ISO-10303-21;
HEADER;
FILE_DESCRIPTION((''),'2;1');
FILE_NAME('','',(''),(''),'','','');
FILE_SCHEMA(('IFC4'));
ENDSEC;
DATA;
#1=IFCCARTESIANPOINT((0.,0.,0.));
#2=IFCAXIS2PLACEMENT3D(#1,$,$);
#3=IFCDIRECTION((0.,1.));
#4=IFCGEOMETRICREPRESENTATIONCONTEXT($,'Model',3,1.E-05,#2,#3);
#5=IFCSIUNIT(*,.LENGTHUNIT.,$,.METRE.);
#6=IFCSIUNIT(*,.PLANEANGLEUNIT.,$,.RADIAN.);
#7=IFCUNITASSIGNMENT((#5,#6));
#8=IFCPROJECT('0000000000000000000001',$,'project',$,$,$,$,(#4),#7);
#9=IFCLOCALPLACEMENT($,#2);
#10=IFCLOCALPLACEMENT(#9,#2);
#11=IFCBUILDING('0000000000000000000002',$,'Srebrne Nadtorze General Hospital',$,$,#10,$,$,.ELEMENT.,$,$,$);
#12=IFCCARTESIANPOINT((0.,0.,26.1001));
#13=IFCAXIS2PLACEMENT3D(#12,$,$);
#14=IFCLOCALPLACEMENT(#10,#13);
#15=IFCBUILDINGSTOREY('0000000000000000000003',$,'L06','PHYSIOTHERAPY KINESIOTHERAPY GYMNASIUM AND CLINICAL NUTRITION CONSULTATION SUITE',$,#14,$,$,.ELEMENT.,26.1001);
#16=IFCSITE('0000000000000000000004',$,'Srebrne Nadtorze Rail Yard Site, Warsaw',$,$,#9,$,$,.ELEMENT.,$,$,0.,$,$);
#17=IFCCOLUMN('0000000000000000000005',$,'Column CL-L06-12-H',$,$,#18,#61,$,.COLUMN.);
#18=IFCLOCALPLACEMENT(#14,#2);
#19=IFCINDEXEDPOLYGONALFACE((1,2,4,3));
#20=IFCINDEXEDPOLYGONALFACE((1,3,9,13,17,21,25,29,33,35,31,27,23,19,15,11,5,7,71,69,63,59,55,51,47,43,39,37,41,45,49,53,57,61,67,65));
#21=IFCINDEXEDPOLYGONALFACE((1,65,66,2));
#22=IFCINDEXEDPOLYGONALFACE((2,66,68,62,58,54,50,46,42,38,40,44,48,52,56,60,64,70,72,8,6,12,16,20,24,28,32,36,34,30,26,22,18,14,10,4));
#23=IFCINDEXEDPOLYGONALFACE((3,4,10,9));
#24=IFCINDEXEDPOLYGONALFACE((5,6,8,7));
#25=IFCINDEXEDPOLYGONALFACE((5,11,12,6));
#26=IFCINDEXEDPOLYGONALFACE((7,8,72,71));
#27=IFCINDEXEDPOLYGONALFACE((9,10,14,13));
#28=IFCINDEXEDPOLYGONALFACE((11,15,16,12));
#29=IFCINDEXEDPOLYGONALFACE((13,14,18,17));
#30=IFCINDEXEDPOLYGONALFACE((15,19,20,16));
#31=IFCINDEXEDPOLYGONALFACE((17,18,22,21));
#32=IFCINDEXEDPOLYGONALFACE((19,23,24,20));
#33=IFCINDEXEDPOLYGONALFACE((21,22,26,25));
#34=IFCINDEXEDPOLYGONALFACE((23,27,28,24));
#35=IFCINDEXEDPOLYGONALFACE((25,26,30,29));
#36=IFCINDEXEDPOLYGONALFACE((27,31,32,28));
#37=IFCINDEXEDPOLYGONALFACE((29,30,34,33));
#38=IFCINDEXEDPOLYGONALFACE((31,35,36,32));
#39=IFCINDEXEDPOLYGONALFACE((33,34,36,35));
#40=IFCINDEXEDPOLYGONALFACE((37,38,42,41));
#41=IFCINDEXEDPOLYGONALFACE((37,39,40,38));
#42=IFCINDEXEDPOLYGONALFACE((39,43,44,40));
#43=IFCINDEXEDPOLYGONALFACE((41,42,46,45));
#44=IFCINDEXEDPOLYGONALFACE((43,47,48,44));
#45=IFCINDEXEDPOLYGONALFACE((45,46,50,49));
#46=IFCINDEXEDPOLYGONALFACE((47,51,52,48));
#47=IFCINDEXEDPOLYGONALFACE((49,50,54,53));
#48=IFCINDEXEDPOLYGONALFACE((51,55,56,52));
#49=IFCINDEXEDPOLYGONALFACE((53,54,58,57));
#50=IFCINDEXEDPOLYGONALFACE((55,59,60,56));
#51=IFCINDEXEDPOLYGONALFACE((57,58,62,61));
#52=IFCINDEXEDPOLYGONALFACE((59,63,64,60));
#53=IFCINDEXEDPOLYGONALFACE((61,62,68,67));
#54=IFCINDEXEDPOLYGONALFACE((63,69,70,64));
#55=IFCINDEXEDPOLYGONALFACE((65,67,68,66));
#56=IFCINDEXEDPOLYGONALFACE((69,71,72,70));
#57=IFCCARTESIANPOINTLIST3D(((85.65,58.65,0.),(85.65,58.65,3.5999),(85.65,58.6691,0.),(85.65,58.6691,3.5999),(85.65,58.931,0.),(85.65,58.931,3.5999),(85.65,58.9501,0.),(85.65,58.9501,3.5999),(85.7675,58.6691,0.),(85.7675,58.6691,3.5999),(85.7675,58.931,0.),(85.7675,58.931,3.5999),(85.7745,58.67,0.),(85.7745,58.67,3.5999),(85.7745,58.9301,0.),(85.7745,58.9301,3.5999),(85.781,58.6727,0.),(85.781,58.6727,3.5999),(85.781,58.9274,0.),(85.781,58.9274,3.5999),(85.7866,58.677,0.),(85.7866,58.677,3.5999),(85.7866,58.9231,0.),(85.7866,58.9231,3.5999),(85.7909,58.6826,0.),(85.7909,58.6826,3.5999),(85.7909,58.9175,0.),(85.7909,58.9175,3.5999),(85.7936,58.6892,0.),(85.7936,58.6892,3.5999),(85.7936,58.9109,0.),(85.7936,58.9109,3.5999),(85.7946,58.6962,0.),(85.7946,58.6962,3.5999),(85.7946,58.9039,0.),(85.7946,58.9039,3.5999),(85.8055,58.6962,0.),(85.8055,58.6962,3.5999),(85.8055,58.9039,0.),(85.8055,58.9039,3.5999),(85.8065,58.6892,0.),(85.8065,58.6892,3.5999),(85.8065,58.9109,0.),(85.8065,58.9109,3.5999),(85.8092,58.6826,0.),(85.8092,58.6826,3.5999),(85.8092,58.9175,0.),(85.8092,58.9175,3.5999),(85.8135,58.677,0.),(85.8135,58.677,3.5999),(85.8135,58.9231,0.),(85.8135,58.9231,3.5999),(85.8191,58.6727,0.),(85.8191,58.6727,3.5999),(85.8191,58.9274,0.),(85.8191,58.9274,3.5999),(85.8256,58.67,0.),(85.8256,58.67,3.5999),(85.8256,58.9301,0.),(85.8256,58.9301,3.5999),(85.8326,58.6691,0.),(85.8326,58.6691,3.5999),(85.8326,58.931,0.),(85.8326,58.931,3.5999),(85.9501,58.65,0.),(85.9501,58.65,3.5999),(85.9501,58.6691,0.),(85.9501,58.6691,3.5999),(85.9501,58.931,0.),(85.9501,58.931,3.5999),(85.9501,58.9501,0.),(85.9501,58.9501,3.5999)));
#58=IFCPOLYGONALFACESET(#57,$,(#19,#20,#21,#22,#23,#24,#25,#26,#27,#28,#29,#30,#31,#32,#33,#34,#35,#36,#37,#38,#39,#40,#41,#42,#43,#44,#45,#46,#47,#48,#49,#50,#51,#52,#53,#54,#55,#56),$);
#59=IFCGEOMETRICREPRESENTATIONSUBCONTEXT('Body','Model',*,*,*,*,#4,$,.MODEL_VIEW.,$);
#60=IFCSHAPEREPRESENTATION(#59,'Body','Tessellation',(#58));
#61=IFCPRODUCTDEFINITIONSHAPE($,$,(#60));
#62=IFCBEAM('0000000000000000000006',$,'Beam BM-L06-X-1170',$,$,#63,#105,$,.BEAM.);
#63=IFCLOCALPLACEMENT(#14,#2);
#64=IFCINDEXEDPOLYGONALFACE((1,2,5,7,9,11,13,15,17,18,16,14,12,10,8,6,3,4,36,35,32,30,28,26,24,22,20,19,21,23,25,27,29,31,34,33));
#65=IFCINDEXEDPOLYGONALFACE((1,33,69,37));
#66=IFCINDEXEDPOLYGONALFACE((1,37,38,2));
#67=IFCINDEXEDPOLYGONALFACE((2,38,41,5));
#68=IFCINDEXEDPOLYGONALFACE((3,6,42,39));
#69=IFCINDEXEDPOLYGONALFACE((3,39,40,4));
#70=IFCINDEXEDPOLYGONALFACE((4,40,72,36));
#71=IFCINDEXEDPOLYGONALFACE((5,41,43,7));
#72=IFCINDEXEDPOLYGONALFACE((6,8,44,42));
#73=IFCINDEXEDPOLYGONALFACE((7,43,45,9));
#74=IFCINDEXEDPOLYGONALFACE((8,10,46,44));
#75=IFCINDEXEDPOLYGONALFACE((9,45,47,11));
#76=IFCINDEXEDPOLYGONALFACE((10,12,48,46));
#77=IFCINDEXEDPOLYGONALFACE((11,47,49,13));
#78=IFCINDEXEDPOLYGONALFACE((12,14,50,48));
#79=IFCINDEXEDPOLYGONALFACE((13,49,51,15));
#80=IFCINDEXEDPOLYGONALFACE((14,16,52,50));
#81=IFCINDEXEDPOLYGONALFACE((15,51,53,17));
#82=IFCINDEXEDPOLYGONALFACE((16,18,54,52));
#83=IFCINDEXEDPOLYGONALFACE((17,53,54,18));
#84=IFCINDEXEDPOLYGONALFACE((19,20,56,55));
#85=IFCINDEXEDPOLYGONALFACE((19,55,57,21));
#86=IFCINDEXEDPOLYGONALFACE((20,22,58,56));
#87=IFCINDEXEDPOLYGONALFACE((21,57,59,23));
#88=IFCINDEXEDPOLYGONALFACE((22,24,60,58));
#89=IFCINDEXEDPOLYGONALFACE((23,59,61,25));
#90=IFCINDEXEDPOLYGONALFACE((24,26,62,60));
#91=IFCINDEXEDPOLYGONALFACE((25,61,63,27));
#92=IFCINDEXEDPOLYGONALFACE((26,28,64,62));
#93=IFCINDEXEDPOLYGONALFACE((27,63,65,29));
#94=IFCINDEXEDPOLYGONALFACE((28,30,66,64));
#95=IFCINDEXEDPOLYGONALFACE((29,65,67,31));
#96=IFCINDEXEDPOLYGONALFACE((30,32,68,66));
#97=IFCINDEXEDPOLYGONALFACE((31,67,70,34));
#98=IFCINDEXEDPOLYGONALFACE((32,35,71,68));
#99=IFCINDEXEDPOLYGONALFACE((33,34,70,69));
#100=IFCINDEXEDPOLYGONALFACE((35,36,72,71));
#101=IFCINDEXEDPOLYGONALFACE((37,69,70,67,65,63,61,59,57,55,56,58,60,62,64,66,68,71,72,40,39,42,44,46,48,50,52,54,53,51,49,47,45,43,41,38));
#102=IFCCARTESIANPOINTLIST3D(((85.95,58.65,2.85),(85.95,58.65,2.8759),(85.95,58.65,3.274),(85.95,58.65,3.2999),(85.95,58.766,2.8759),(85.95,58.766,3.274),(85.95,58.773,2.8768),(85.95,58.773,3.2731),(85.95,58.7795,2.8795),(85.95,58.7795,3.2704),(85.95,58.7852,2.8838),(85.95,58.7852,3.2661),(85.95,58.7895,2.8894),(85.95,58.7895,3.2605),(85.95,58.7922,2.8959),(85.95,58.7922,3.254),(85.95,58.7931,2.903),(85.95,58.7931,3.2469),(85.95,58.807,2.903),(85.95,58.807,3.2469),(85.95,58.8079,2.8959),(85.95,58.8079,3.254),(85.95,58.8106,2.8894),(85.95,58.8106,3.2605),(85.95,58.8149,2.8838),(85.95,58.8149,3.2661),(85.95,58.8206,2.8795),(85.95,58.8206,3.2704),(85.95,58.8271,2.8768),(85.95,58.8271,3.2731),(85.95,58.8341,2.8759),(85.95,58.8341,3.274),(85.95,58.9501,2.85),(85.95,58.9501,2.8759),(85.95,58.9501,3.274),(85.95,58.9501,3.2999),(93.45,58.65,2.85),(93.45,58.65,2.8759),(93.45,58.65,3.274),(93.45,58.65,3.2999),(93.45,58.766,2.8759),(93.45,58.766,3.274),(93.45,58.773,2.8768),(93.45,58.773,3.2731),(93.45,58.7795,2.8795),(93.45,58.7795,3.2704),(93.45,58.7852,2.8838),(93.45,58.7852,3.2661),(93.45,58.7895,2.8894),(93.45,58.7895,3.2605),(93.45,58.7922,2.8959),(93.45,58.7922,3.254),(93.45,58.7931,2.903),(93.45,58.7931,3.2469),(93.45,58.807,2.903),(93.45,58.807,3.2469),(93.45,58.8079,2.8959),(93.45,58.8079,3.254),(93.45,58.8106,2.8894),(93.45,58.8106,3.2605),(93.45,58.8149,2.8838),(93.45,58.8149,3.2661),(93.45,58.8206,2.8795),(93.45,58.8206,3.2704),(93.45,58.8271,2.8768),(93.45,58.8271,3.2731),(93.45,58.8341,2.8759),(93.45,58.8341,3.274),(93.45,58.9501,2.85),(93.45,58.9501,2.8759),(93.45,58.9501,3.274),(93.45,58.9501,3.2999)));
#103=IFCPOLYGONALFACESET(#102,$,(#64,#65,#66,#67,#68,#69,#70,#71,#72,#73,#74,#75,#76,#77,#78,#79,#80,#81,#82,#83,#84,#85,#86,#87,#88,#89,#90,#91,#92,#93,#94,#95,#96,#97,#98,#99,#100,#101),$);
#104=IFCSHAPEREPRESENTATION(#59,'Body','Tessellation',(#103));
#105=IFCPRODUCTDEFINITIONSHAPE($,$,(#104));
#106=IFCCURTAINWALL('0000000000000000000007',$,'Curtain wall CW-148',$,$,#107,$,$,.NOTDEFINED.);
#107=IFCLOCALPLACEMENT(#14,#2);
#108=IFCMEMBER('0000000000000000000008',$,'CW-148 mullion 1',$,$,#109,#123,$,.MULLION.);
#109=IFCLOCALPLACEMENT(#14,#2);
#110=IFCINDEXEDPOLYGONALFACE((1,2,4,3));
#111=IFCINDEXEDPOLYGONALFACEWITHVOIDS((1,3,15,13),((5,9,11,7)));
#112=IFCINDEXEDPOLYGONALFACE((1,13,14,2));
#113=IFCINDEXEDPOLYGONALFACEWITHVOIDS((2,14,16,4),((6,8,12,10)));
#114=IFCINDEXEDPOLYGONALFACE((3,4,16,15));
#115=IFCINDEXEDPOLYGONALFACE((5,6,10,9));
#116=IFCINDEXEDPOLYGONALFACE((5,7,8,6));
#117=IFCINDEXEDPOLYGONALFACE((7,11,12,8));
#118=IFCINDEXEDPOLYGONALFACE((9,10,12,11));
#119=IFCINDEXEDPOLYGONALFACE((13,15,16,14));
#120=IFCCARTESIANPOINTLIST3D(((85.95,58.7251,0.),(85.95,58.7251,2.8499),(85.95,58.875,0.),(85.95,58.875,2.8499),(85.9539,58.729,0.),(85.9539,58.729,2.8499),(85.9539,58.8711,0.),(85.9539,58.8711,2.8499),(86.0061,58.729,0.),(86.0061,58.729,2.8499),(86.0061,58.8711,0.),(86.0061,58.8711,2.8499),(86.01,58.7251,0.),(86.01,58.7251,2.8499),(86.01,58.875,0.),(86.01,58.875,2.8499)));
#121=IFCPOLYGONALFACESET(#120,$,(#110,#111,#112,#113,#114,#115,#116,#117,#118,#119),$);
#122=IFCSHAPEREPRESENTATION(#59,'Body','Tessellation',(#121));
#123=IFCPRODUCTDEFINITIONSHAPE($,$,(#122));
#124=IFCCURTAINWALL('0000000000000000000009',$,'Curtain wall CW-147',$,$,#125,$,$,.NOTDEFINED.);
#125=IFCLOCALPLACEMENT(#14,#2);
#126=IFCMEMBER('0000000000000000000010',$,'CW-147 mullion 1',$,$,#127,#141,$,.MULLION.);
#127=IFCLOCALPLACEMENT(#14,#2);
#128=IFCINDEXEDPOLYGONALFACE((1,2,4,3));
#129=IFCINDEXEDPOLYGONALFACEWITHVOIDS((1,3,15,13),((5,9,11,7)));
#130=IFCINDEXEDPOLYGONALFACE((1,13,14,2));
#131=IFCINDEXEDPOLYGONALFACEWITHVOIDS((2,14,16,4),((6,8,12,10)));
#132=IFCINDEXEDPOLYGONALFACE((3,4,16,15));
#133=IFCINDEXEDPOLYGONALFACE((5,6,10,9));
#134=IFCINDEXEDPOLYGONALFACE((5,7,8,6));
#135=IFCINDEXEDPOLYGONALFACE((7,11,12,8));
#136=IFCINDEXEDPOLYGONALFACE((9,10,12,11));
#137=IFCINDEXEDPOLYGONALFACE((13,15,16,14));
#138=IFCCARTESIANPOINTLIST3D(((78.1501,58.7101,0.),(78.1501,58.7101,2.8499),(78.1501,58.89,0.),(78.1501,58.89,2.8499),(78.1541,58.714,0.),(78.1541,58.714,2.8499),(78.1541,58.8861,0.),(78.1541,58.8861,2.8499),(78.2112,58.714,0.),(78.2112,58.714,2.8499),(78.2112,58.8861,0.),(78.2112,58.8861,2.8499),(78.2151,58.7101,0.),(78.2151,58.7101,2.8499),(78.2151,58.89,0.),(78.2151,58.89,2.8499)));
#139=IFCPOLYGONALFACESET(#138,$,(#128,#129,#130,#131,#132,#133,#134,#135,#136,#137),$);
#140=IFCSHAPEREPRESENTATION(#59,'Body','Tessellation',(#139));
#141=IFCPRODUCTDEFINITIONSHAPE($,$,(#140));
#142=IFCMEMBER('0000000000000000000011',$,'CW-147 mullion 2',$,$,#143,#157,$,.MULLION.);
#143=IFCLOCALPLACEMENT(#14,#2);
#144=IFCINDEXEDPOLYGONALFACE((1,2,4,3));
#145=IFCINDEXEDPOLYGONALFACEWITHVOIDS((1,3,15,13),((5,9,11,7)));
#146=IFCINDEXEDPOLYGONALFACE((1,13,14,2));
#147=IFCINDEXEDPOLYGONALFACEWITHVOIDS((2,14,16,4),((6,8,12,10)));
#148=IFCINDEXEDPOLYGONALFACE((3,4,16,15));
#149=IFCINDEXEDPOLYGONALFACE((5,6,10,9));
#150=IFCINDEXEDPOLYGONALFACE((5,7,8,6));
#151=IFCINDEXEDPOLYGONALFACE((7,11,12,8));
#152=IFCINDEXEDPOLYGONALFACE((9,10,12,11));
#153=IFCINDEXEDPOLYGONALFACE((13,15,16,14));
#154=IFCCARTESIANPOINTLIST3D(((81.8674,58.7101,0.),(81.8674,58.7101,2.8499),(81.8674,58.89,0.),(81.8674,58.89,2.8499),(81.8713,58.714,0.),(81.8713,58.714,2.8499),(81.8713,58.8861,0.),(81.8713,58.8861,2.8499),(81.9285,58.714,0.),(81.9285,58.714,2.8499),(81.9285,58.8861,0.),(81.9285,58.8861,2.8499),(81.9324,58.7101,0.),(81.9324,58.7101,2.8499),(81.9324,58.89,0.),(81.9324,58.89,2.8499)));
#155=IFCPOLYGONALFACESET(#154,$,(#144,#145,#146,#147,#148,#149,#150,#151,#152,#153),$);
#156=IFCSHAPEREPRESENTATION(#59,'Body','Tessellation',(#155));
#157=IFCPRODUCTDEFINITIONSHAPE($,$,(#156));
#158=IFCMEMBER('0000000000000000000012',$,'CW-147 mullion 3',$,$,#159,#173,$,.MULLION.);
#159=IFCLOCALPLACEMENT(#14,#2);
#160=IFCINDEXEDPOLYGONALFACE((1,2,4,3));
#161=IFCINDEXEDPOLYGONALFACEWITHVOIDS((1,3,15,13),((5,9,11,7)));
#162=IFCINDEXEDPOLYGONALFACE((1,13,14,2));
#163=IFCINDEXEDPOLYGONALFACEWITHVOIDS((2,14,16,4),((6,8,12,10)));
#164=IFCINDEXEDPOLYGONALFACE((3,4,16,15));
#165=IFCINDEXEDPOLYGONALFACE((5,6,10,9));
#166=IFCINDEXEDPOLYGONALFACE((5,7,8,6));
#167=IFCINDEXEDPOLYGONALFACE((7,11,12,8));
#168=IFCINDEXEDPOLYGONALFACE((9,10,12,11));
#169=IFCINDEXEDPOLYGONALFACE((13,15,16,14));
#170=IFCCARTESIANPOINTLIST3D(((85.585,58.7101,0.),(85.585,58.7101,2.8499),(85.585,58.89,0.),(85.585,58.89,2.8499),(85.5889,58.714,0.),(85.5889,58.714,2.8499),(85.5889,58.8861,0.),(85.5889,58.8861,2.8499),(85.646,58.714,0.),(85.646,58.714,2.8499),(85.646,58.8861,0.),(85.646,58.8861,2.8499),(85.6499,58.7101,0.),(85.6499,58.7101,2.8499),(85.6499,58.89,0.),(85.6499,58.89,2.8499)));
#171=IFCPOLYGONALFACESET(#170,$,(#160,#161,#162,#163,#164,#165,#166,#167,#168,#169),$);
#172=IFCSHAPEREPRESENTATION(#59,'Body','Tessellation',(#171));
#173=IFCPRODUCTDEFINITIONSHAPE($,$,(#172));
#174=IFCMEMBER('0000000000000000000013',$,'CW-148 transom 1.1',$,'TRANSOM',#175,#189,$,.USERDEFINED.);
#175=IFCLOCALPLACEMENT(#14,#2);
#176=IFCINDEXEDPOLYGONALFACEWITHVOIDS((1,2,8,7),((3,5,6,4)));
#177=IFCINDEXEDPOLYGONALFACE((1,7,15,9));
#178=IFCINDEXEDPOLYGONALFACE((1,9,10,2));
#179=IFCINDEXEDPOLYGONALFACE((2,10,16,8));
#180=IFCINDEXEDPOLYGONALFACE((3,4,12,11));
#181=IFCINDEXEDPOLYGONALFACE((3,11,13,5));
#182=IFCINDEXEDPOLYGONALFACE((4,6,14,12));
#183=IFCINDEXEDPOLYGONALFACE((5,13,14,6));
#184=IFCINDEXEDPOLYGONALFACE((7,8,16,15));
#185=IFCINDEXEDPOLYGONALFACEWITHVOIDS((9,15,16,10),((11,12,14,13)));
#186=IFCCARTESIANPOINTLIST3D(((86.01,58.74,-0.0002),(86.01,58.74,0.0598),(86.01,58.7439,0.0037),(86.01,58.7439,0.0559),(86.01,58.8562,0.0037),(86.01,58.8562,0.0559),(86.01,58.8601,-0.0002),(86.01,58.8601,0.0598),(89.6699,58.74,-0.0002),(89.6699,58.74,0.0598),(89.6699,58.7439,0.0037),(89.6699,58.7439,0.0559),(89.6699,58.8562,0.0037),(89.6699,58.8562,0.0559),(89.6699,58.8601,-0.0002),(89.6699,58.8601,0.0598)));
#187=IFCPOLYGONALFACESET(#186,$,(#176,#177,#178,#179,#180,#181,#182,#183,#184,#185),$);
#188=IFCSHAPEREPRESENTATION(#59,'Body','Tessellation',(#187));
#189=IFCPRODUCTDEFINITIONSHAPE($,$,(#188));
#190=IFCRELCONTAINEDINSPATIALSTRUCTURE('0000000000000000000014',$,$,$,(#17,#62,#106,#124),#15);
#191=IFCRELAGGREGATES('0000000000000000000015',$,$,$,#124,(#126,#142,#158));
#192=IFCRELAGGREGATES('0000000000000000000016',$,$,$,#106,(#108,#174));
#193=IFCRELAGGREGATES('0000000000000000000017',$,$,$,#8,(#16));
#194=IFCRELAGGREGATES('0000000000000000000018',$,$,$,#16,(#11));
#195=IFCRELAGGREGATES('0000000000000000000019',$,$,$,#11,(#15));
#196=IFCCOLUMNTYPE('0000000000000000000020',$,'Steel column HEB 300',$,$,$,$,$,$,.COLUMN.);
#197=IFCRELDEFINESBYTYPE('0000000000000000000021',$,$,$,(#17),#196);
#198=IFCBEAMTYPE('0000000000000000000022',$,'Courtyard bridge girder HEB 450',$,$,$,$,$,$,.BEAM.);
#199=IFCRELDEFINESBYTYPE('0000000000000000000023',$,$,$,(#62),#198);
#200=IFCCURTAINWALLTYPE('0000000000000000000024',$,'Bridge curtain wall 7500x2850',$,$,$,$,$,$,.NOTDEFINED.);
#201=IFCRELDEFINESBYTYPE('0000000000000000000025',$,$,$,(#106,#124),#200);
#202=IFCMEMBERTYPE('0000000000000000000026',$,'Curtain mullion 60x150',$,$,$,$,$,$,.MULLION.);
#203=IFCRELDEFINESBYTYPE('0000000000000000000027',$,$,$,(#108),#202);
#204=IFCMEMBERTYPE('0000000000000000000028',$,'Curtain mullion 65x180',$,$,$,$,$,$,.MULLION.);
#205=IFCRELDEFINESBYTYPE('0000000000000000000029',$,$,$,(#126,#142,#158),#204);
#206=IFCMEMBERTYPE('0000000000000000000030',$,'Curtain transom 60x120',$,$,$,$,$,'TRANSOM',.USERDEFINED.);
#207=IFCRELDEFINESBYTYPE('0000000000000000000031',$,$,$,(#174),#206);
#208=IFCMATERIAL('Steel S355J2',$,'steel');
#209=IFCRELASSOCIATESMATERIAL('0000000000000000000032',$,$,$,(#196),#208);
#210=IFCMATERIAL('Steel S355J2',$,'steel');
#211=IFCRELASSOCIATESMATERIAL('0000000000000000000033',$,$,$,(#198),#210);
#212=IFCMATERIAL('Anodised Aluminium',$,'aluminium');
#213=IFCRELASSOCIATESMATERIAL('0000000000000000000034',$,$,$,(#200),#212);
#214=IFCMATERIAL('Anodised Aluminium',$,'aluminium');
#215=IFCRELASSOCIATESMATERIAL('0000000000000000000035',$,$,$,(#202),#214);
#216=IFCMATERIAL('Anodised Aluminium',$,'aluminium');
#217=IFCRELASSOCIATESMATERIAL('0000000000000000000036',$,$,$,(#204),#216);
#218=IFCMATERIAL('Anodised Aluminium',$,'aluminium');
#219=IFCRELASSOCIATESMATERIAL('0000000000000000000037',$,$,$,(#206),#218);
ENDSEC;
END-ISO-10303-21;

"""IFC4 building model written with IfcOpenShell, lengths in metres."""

from ifc_helpers import new_model, si_unit, direction, frame, origin, origin_2d, place, context, subcontext, project, spatial, hollow_rectangle, i_section, extrude, material, material_profile, profile_set, type_object, element, aggregate, save


model = new_model("IFC4")

# Units and contexts
model_context = context("Model", 3, precision=1e-05, world=origin(), true_north=direction((0.0, 1.0)))
body_context = subcontext(model_context, "Body", "Model", "MODEL_VIEW")
ifc_project = project(units=[si_unit("LENGTHUNIT", "METRE"), si_unit("PLANEANGLEUNIT", "RADIAN")], contexts=[model_context])

# Site, building, storey
site_placement = place(None, origin())
site = spatial("IfcSite", under=ifc_project, at=site_placement, Name="Srebrne Nadtorze Rail Yard Site, Warsaw", CompositionType="ELEMENT", RefElevation=0.0)
building_placement = place(site_placement, origin())
building = spatial("IfcBuilding", under=site, at=building_placement, Name="Srebrne Nadtorze General Hospital", CompositionType="ELEMENT")
storey_placement = place(building_placement, frame((0.0, 0.0, 26.1001)))
storey = spatial("IfcBuildingStorey", under=building, at=storey_placement, Name="L06", Description="PHYSIOTHERAPY KINESIOTHERAPY GYMNASIUM AND CLINICAL NUTRITION CONSULTATION SUITE", CompositionType="ELEMENT", Elevation=26.1001)

# Column
ifc_material_1 = material(Name="Steel S355J2", Category="steel")
ifc_material_profile_1 = material_profile(ifc_material_1, i_section(OverallWidth=0.3, OverallDepth=0.3, WebThickness=0.011, FlangeThickness=0.019, FilletRadius=0.0271, at=origin_2d()), Name="HEB-300")
ifc_profile_set_1 = profile_set([ifc_material_profile_1], Name="Steel S355J2")
column_type = type_object("IfcColumnType", Name="Steel column HEB 300", PredefinedType="COLUMN", material=ifc_profile_set_1)
column_placement = place(storey_placement, frame((85.8, 58.8, 0.0), z_axis=(0.0, 0.0, 1.0), x_axis=(1.0, 0.0, 0.0)))
element("IfcColumn", 1, at=column_placement, inside=storey, type_object=column_type, Name="Column CL-L06-12-H", PredefinedType="COLUMN", context=body_context, shape_type="SweptSolid", body=[
    extrude(i_section(OverallWidth=0.3, OverallDepth=0.3, WebThickness=0.011, FlangeThickness=0.019, FilletRadius=0.0271, at=origin_2d()), origin(), (0.0, 0.0, 1.0), 3.5999),
])

# Beam
ifc_material_2 = material(Name="Steel S355J2", Category="steel")
ifc_material_profile_2 = material_profile(ifc_material_2, i_section(OverallWidth=0.3, OverallDepth=0.45, WebThickness=0.0139, FlangeThickness=0.0259, FilletRadius=0.0271, at=origin_2d()), Name="HEB-450")
ifc_profile_set_2 = profile_set([ifc_material_profile_2], Name="Steel S355J2")
beam_type = type_object("IfcBeamType", Name="Courtyard bridge girder HEB 450", PredefinedType="BEAM", material=ifc_profile_set_2)
beam_placement = place(storey_placement, frame((85.95, 58.8, 3.075), z_axis=(1.0, 0.0, 0.0), x_axis=(0.0, 1.0, 0.0)))
element("IfcBeam", 2, at=beam_placement, inside=storey, type_object=beam_type, Name="Beam BM-L06-X-1170", PredefinedType="BEAM", context=body_context, shape_type="SweptSolid", body=[
    extrude(i_section(OverallWidth=0.3, OverallDepth=0.45, WebThickness=0.0139, FlangeThickness=0.0259, FilletRadius=0.0271, at=origin_2d()), origin(), (0.0, 0.0, 1.0), 7.5),
])

# Curtain wall, member
ifc_material_3 = material(Name="Anodised Aluminium", Category="aluminium")
curtain_wall_type = type_object("IfcCurtainWallType", Name="Bridge curtain wall 7500x2850", PredefinedType="NOTDEFINED", material=ifc_material_3)
curtain_wall_1_placement = place(storey_placement, origin())
curtain_wall_1 = element("IfcCurtainWall", 3, at=curtain_wall_1_placement, inside=storey, type_object=curtain_wall_type, Name="Curtain wall CW-148", PredefinedType="NOTDEFINED")
ifc_material_4 = material(Name="Anodised Aluminium", Category="aluminium")
ifc_material_profile_3 = material_profile(ifc_material_4, hollow_rectangle(XDim=0.0601, YDim=0.1499, WallThickness=0.0039, at=origin_2d()), Name="AL-MUL-60x150")
ifc_profile_set_3 = profile_set([ifc_material_profile_3], Name="Anodised Aluminium")
member_type_1 = type_object("IfcMemberType", Name="Curtain mullion 60x150", PredefinedType="MULLION", material=ifc_profile_set_3)
member_1_placement = place(storey_placement, frame((85.98, 58.8, 0.0), z_axis=(0.0, 0.0, 1.0), x_axis=(1.0, 0.0, 0.0)))
member_1 = element("IfcMember", 4, at=member_1_placement, type_object=member_type_1, Name="CW-148 mullion 1", PredefinedType="MULLION", context=body_context, shape_type="SweptSolid", body=[
    extrude(hollow_rectangle(XDim=0.0601, YDim=0.1499, WallThickness=0.0039, at=origin_2d()), origin(), (0.0, 0.0, 1.0), 2.8499),
])

# Curtain wall, members
curtain_wall_2_placement = place(storey_placement, origin())
curtain_wall_2 = element("IfcCurtainWall", 5, at=curtain_wall_2_placement, inside=storey, type_object=curtain_wall_type, Name="Curtain wall CW-147", PredefinedType="NOTDEFINED")
ifc_material_5 = material(Name="Anodised Aluminium", Category="aluminium")
ifc_material_profile_4 = material_profile(ifc_material_5, hollow_rectangle(XDim=0.0649, YDim=0.1799, WallThickness=0.0039, at=origin_2d()), Name="AL-MUL-65x180")
ifc_profile_set_4 = profile_set([ifc_material_profile_4], Name="Anodised Aluminium")
member_type_2 = type_object("IfcMemberType", Name="Curtain mullion 65x180", PredefinedType="MULLION", material=ifc_profile_set_4)
member_2_placement = place(storey_placement, frame((78.1826, 58.8, 0.0), z_axis=(0.0, 0.0, 1.0), x_axis=(1.0, 0.0, 0.0)))
member_2 = element("IfcMember", 6, at=member_2_placement, type_object=member_type_2, Name="CW-147 mullion 1", PredefinedType="MULLION", context=body_context, shape_type="SweptSolid", body=[
    extrude(hollow_rectangle(XDim=0.0649, YDim=0.1799, WallThickness=0.0039, at=origin_2d()), origin(), (0.0, 0.0, 1.0), 2.8499),
])
member_3_placement = place(storey_placement, frame((81.8999, 58.8, 0.0), z_axis=(0.0, 0.0, 1.0), x_axis=(1.0, 0.0, 0.0)))
member_3 = element("IfcMember", 7, at=member_3_placement, type_object=member_type_2, Name="CW-147 mullion 2", PredefinedType="MULLION", context=body_context, shape_type="SweptSolid", body=[
    extrude(hollow_rectangle(XDim=0.0649, YDim=0.1799, WallThickness=0.0039, at=origin_2d()), origin(), (0.0, 0.0, 1.0), 2.8499),
])
member_4_placement = place(storey_placement, frame((85.6174, 58.8, 0.0), z_axis=(0.0, 0.0, 1.0), x_axis=(1.0, 0.0, 0.0)))
member_4 = element("IfcMember", 8, at=member_4_placement, type_object=member_type_2, Name="CW-147 mullion 3", PredefinedType="MULLION", context=body_context, shape_type="SweptSolid", body=[
    extrude(hollow_rectangle(XDim=0.0649, YDim=0.1799, WallThickness=0.0039, at=origin_2d()), origin(), (0.0, 0.0, 1.0), 2.8499),
])

# Member
ifc_material_6 = material(Name="Anodised Aluminium", Category="aluminium")
ifc_material_profile_5 = material_profile(ifc_material_6, hollow_rectangle(XDim=0.0601, YDim=0.1201, WallThickness=0.0039, at=origin_2d()), Name="AL-TRN-60x120")
ifc_profile_set_5 = profile_set([ifc_material_profile_5], Name="Anodised Aluminium")
member_type_3 = type_object("IfcMemberType", Name="Curtain transom 60x120", ElementType="TRANSOM", PredefinedType="USERDEFINED", material=ifc_profile_set_5)
member_5_placement = place(storey_placement, frame((86.01, 58.8, 0.0298), z_axis=(1.0, 0.0, 0.0), x_axis=(0.0, 0.0, 1.0)))
member_5 = element("IfcMember", 9, at=member_5_placement, type_object=member_type_3, Name="CW-148 transom 1.1", ObjectType="TRANSOM", PredefinedType="USERDEFINED", context=body_context, shape_type="SweptSolid", body=[
    extrude(hollow_rectangle(XDim=0.0601, YDim=0.1201, WallThickness=0.0039, at=origin_2d()), origin(), (0.0, 0.0, 1.0), 3.6599),
])

aggregate(curtain_wall_2, [member_2, member_3, member_4])
aggregate(curtain_wall_1, [member_1, member_5])

save(model, "model.ifc")
